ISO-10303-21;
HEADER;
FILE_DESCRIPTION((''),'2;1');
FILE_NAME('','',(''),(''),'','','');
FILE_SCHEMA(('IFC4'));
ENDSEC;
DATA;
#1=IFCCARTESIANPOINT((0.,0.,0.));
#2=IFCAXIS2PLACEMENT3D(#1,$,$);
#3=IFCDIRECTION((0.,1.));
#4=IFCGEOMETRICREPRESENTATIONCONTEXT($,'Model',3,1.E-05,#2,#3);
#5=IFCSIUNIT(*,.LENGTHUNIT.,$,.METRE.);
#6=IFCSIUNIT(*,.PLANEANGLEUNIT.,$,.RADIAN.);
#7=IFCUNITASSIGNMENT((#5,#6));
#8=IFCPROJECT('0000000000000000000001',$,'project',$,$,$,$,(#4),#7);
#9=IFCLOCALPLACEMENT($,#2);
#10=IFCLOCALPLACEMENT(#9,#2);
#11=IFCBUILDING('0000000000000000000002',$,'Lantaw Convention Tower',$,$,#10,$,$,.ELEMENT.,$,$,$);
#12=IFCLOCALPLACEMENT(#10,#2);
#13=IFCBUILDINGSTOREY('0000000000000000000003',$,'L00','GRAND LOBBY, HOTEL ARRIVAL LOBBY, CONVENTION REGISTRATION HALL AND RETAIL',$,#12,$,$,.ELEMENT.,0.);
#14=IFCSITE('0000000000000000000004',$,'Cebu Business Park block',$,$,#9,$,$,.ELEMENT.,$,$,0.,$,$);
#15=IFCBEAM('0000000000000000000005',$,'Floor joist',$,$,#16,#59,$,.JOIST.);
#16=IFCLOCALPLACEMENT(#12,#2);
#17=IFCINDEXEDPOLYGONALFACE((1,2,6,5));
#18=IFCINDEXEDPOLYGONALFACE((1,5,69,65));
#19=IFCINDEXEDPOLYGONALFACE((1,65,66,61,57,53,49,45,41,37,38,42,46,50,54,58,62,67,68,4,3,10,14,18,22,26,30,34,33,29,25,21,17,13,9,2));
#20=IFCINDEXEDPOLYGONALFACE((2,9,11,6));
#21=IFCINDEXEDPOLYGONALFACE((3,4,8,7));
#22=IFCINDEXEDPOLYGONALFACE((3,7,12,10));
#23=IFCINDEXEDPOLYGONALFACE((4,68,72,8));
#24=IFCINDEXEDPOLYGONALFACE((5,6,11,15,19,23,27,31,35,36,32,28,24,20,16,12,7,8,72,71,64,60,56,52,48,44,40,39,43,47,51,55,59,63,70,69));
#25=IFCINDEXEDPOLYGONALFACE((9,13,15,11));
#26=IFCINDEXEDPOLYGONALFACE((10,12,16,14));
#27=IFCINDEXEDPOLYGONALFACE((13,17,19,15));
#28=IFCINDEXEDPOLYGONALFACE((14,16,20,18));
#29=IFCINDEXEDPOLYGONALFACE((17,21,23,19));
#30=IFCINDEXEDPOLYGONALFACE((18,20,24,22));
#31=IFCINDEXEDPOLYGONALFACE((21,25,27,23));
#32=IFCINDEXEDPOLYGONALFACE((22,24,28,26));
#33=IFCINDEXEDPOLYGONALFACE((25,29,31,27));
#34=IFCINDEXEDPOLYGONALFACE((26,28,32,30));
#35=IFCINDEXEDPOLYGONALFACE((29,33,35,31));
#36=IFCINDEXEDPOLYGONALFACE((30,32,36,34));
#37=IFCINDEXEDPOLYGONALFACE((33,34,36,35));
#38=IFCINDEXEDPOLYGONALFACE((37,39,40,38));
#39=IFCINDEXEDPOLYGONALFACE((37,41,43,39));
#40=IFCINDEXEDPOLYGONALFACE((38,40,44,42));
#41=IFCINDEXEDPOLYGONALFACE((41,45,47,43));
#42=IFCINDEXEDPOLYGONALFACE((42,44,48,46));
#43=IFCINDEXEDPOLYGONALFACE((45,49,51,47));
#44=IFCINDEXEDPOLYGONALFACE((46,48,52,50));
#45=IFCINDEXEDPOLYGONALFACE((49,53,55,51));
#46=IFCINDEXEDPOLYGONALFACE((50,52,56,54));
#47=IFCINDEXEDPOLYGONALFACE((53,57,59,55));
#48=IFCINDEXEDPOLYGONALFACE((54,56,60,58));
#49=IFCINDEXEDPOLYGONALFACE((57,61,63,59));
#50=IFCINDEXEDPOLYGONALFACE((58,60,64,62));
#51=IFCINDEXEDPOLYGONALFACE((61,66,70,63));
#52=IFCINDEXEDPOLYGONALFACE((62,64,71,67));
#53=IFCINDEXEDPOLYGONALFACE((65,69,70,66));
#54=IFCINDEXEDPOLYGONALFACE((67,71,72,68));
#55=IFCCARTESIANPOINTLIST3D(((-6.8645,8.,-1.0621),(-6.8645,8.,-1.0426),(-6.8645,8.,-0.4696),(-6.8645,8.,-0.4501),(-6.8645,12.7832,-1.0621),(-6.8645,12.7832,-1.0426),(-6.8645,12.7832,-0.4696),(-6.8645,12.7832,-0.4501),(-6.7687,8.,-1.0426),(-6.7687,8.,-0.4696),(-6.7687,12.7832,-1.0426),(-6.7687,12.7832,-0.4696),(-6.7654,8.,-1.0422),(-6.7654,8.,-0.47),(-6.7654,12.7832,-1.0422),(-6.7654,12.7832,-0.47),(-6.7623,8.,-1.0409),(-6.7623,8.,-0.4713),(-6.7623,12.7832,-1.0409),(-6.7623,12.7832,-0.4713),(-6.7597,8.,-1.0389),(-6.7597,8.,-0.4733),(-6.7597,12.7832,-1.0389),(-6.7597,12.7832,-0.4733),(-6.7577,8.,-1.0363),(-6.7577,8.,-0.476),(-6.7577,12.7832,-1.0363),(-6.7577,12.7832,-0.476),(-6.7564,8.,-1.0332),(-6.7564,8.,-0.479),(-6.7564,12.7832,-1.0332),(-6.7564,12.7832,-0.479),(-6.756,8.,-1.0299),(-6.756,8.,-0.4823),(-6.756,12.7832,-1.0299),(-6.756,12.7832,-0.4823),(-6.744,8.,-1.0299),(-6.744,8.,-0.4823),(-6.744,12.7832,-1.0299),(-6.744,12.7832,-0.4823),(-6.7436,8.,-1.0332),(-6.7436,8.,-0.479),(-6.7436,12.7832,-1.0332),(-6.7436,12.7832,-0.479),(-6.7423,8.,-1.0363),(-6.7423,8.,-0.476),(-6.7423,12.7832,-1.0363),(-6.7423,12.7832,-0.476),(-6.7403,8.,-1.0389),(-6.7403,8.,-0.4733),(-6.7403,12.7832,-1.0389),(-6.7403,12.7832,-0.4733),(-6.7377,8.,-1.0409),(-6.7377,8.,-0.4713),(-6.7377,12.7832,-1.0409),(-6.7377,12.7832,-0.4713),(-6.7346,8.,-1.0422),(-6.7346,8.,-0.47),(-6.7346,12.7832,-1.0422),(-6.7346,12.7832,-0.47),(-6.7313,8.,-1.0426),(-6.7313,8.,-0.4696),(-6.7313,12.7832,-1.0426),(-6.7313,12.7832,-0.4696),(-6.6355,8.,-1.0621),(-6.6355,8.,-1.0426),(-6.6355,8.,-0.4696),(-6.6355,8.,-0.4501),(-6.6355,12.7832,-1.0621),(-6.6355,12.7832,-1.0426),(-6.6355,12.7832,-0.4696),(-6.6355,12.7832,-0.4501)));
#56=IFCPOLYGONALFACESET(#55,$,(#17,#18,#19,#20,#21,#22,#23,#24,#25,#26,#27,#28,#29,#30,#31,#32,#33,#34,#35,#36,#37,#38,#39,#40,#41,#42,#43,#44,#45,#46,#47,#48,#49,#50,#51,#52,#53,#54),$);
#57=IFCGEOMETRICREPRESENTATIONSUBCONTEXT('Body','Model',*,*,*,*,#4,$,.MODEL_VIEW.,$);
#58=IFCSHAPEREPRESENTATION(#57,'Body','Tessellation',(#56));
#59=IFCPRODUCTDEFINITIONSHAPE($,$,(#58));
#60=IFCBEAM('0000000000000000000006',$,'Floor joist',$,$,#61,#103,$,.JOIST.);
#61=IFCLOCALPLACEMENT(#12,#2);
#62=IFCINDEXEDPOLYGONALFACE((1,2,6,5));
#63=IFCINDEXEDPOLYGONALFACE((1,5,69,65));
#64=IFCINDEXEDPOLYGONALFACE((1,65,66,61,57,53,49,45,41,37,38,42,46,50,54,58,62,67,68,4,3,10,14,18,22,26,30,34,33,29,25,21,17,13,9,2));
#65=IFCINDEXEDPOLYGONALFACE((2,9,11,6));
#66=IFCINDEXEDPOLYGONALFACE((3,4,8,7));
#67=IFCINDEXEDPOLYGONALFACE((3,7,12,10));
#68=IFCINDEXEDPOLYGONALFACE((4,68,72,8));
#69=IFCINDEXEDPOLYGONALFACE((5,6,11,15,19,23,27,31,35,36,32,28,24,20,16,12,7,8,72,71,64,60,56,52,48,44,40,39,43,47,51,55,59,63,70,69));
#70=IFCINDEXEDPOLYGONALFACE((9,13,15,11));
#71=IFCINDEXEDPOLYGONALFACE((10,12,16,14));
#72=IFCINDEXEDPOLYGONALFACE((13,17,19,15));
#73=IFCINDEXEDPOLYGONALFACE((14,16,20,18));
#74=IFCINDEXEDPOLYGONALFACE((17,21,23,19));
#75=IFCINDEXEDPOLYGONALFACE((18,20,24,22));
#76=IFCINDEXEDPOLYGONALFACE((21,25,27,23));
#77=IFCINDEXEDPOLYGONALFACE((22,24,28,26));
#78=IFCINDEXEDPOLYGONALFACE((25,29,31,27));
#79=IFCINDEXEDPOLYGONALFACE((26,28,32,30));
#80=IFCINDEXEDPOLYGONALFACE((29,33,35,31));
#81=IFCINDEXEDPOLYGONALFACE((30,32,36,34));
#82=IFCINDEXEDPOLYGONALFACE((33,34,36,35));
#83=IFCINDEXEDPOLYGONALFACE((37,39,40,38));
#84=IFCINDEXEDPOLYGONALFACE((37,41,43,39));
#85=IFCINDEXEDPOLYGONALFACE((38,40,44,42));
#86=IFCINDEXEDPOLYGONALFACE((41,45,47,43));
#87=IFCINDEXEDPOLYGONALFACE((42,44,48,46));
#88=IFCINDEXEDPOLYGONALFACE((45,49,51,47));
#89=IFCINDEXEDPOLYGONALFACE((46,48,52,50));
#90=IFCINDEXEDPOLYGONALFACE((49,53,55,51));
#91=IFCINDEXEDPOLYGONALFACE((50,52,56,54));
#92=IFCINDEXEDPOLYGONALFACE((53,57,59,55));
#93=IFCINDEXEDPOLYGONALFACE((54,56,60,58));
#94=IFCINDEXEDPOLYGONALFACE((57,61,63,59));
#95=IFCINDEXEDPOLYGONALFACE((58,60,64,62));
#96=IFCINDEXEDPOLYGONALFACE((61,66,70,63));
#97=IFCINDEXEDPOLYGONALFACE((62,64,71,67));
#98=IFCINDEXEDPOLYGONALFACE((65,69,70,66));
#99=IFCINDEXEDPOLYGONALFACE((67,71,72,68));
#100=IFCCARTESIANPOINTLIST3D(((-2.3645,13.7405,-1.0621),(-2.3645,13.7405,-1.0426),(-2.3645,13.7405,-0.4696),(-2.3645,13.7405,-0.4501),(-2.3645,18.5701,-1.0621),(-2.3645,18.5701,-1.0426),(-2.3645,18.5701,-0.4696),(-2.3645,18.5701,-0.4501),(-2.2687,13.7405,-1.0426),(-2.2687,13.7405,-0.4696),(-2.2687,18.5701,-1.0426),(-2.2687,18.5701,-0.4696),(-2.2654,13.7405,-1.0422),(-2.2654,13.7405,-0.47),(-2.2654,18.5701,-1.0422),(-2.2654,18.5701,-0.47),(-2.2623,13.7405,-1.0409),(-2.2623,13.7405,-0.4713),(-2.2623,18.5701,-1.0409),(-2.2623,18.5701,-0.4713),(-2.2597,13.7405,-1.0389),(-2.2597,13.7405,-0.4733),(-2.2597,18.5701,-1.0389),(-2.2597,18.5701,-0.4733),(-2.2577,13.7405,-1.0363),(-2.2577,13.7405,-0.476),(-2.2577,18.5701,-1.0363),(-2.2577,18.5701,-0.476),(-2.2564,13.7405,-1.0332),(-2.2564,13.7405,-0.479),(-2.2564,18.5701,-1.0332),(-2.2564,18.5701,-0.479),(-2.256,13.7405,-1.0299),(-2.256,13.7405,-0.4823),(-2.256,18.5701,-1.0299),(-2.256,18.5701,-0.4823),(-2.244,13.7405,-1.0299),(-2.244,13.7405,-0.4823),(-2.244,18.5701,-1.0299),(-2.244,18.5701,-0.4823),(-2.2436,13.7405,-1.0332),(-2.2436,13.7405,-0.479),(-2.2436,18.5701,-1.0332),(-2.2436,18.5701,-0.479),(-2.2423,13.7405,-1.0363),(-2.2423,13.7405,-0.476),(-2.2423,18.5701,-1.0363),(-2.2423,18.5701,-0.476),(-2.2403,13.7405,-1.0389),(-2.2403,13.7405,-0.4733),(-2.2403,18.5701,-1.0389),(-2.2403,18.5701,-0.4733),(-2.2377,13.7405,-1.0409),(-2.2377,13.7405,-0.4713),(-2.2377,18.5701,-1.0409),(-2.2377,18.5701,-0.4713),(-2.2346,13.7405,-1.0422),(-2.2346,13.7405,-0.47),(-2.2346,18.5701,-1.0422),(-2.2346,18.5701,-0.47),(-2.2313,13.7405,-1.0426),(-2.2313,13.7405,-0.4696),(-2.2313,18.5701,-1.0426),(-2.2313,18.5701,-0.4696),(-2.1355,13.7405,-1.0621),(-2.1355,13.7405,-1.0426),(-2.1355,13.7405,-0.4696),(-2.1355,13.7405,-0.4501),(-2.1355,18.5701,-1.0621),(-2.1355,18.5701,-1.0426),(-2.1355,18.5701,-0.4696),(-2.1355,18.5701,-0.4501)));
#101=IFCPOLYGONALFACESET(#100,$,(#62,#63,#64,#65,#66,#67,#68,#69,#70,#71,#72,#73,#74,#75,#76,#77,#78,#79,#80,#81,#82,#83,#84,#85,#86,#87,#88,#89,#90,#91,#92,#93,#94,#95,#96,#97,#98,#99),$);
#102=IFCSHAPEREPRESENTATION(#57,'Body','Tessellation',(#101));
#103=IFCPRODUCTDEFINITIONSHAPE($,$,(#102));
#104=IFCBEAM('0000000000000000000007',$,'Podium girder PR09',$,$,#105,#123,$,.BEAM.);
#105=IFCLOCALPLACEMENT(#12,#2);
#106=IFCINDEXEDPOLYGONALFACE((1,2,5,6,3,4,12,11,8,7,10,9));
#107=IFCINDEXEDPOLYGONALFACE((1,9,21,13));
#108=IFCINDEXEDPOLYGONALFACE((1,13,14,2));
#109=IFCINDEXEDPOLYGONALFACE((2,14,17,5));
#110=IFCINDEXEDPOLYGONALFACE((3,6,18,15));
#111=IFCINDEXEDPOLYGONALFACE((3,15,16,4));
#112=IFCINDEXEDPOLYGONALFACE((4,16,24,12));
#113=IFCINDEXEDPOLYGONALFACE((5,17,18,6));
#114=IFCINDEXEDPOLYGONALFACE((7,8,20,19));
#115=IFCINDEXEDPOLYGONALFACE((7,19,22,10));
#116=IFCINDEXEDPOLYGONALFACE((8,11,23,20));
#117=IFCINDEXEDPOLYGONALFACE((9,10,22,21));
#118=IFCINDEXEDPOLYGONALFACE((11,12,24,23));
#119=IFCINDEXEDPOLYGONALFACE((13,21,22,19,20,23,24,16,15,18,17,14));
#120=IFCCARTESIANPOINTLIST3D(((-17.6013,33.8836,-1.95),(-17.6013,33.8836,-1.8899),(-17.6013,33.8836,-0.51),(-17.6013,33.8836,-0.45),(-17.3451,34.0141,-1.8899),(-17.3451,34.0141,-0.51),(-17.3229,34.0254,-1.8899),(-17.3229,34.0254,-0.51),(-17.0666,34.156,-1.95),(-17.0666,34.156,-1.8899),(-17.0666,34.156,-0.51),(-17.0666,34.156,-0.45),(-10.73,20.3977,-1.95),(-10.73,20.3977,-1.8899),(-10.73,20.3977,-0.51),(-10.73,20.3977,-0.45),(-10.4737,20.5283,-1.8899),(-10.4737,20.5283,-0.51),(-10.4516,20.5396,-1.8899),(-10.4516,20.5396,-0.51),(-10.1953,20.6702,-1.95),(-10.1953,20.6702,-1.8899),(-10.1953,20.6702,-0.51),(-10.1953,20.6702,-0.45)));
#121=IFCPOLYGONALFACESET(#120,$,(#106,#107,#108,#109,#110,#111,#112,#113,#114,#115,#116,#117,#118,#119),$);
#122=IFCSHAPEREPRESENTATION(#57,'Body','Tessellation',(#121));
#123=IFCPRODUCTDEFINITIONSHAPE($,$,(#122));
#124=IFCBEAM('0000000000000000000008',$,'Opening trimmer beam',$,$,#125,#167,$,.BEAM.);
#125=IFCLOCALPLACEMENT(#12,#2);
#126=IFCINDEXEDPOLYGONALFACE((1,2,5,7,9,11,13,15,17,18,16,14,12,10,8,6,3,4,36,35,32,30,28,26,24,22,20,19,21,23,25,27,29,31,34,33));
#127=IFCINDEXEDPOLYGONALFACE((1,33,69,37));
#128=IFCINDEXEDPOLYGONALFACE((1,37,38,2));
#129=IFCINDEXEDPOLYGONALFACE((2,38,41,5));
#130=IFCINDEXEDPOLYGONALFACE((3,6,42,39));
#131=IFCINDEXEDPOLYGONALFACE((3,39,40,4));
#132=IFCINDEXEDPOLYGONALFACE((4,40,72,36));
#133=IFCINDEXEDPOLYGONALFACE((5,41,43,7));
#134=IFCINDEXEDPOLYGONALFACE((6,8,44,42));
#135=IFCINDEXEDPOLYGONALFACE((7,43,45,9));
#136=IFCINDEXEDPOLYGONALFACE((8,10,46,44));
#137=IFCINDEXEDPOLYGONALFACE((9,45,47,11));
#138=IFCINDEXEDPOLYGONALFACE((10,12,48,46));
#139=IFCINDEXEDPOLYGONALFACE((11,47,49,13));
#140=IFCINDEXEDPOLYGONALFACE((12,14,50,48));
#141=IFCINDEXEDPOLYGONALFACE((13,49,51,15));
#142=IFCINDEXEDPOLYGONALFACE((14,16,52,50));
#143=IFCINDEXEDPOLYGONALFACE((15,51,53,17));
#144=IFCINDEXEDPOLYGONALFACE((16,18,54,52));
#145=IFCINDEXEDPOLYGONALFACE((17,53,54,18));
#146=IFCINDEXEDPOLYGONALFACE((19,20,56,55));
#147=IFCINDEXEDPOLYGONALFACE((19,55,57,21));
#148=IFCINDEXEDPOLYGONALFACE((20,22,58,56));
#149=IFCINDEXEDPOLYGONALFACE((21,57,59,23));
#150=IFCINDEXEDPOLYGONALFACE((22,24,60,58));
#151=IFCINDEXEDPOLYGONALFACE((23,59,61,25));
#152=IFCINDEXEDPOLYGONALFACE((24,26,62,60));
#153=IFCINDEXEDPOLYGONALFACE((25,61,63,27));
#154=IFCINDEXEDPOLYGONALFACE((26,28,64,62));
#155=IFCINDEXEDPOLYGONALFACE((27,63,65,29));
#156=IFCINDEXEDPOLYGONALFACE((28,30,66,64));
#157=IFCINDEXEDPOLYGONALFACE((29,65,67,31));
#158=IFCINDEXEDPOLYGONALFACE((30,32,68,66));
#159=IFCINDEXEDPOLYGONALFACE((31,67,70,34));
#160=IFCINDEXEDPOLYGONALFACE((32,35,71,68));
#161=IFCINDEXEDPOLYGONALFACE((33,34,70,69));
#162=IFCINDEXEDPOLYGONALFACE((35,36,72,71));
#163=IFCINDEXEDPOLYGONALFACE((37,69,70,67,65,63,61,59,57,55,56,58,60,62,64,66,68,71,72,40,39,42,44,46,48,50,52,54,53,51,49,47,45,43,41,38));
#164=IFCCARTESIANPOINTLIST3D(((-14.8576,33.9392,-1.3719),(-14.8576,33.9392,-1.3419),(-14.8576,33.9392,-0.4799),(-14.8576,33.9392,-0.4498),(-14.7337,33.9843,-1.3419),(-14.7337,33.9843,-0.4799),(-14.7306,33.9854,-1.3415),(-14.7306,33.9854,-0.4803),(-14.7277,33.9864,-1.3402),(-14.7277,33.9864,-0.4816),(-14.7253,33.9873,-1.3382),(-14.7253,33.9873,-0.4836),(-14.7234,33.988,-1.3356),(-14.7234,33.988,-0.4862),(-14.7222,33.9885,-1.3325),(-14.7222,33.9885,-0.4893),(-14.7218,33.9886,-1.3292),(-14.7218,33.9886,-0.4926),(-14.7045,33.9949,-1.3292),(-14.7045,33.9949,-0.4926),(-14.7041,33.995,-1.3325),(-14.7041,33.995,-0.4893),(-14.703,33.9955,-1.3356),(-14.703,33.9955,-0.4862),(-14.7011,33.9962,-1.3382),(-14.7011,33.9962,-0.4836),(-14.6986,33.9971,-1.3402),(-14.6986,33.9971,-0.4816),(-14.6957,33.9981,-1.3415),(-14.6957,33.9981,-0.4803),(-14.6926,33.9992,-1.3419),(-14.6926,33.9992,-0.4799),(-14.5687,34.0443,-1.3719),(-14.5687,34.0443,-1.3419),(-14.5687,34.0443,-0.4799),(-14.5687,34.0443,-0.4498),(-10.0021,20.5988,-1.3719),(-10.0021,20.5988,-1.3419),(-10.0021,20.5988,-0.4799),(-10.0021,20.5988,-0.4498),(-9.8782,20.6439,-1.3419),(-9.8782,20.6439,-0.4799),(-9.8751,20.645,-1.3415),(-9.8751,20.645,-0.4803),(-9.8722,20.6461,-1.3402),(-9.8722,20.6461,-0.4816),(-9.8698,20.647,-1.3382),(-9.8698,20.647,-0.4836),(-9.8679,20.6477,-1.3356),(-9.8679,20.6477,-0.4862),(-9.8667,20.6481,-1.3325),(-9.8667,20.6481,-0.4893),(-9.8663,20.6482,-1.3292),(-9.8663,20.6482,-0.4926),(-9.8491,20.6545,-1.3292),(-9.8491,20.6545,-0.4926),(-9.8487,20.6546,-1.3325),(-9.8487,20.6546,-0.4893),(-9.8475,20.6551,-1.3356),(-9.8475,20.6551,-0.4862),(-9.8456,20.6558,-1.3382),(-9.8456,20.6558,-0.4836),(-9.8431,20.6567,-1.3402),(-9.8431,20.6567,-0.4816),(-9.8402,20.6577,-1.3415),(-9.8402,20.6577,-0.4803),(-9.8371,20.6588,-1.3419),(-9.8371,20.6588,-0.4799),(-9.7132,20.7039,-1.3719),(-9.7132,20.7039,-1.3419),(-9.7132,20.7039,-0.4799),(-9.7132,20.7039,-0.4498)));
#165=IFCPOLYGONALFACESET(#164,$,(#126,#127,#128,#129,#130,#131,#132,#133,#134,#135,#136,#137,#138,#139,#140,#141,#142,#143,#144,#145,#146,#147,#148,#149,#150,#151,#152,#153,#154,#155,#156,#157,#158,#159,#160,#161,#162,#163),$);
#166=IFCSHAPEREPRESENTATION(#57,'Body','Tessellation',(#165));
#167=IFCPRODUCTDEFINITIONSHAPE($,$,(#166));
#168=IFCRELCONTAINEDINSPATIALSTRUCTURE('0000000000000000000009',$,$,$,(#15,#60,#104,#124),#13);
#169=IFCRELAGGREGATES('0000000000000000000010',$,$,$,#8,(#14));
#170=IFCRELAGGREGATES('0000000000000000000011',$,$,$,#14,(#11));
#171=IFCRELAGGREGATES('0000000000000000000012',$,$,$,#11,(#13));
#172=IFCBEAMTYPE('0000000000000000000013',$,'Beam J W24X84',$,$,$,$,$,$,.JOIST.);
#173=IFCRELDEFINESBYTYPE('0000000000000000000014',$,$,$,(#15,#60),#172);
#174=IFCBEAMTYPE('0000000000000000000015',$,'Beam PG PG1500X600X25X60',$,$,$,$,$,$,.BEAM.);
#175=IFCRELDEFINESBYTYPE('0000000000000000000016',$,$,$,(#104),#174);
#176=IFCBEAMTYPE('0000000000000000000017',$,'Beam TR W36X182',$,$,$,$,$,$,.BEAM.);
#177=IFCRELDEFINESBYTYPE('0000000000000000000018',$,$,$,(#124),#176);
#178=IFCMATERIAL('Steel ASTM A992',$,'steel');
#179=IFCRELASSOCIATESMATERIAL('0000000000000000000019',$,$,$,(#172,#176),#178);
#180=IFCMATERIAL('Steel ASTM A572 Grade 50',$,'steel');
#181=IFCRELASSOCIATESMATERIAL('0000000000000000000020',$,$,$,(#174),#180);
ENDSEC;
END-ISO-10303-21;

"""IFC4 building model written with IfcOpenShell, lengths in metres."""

from ifc_helpers import new_model, si_unit, direction, frame, origin, origin_2d, place, context, subcontext, project, spatial, i_section, extrude, material, material_profile, profile_set, type_object, element, save


model = new_model("IFC4")

# Units and contexts
model_context = context("Model", 3, precision=1e-05, world=origin(), true_north=direction((0.0, 1.0)))
body_context = subcontext(model_context, "Body", "Model", "MODEL_VIEW")
ifc_project = project(units=[si_unit("LENGTHUNIT", "METRE"), si_unit("PLANEANGLEUNIT", "RADIAN")], contexts=[model_context])

# Site, building, storey
site_placement = place(None, origin())
site = spatial("IfcSite", under=ifc_project, at=site_placement, Name="Cebu Business Park block", CompositionType="ELEMENT", RefElevation=0.0)
building_placement = place(site_placement, origin())
building = spatial("IfcBuilding", under=site, at=building_placement, Name="Lantaw Convention Tower", CompositionType="ELEMENT")
storey_placement = place(building_placement, origin())
storey = spatial("IfcBuildingStorey", under=building, at=storey_placement, Name="L00", Description="GRAND LOBBY, HOTEL ARRIVAL LOBBY, CONVENTION REGISTRATION HALL AND RETAIL", CompositionType="ELEMENT", Elevation=0.0)

# Shared definitions
ifc_material_1 = material(Name="Steel ASTM A572 Grade 50", Category="steel")

# Beams
ifc_material_2 = material(Name="Steel ASTM A992", Category="steel")
ifc_material_profile_1 = material_profile(ifc_material_2, i_section(OverallWidth=0.229, OverallDepth=0.6121, WebThickness=0.012, FlangeThickness=0.0195, FilletRadius=0.0127, at=origin_2d()), Name="W24X84")
ifc_profile_set_1 = profile_set([ifc_material_profile_1], Name="Steel ASTM A992")
beam_type_1 = type_object("IfcBeamType", Name="Beam J W24X84", PredefinedType="JOIST", material=ifc_profile_set_1)
beam_1_placement = place(storey_placement, frame((-6.75, 8.0, -0.7561), z_axis=(0.0, 1.0, 0.0), x_axis=(-1.0, 0.0, 0.0)))
element("IfcBeam", 1, at=beam_1_placement, inside=storey, type_object=beam_type_1, Name="Floor joist", PredefinedType="JOIST", context=body_context, shape_type="SweptSolid", body=[
    extrude(i_section(OverallWidth=0.229, OverallDepth=0.6121, WebThickness=0.012, FlangeThickness=0.0195, FilletRadius=0.0127, at=origin_2d()), origin(), (0.0, 0.0, 1.0), 4.7832),
])
beam_2_placement = place(storey_placement, frame((-2.25, 13.7405, -0.7561), z_axis=(0.0, 1.0, 0.0), x_axis=(-1.0, 0.0, 0.0)))
element("IfcBeam", 2, at=beam_2_placement, inside=storey, type_object=beam_type_1, Name="Floor joist", PredefinedType="JOIST", context=body_context, shape_type="SweptSolid", body=[
    extrude(i_section(OverallWidth=0.229, OverallDepth=0.6121, WebThickness=0.012, FlangeThickness=0.0195, FilletRadius=0.0127, at=origin_2d()), origin(), (0.0, 0.0, 1.0), 4.8296),
])
ifc_material_profile_2 = material_profile(ifc_material_1, i_section(OverallWidth=0.6001, OverallDepth=1.5, WebThickness=0.0249, FlangeThickness=0.0601, at=origin_2d()), Name="PG1500X600X25X60")
ifc_profile_set_2 = profile_set([ifc_material_profile_2], Name="Steel ASTM A572 Grade 50")
beam_type_2 = type_object("IfcBeamType", Name="Beam PG PG1500X600X25X60", PredefinedType="BEAM", material=ifc_profile_set_2)
beam_3_placement = place(storey_placement, frame((-10.4626, 20.5339, -1.2), z_axis=(-0.453988, 0.891008, 0.0), x_axis=(-0.891008, -0.453988, 0.0)))
element("IfcBeam", 3, at=beam_3_placement, inside=storey, type_object=beam_type_2, Name="Podium girder PR09", PredefinedType="BEAM", context=body_context, shape_type="SweptSolid", body=[
    extrude(i_section(OverallWidth=0.6001, OverallDepth=1.5, WebThickness=0.0249, FlangeThickness=0.0601, at=origin_2d()), origin(), (0.0, 0.0, 1.0), 15.1355),
])
ifc_material_profile_3 = material_profile(ifc_material_2, i_section(OverallWidth=0.3074, OverallDepth=0.9221, WebThickness=0.0183, FlangeThickness=0.03, FilletRadius=0.0127, at=origin_2d()), Name="W36X182")
ifc_profile_set_3 = profile_set([ifc_material_profile_3], Name="Steel ASTM A992")
beam_type_3 = type_object("IfcBeamType", Name="Beam TR W36X182", PredefinedType="BEAM", material=ifc_profile_set_3)
beam_4_placement = place(storey_placement, frame((-9.8577, 20.6514, -0.9109), z_axis=(-0.342019, 0.939693, 0.0), x_axis=(-0.939693, -0.342019, 0.0)))
element("IfcBeam", 4, at=beam_4_placement, inside=storey, type_object=beam_type_3, Name="Opening trimmer beam", PredefinedType="BEAM", context=body_context, shape_type="SweptSolid", body=[
    extrude(i_section(OverallWidth=0.3074, OverallDepth=0.9221, WebThickness=0.0183, FlangeThickness=0.03, FilletRadius=0.0127, at=origin_2d()), origin(), (0.0, 0.0, 1.0), 14.1965),
])

save(model, "model.ifc")
